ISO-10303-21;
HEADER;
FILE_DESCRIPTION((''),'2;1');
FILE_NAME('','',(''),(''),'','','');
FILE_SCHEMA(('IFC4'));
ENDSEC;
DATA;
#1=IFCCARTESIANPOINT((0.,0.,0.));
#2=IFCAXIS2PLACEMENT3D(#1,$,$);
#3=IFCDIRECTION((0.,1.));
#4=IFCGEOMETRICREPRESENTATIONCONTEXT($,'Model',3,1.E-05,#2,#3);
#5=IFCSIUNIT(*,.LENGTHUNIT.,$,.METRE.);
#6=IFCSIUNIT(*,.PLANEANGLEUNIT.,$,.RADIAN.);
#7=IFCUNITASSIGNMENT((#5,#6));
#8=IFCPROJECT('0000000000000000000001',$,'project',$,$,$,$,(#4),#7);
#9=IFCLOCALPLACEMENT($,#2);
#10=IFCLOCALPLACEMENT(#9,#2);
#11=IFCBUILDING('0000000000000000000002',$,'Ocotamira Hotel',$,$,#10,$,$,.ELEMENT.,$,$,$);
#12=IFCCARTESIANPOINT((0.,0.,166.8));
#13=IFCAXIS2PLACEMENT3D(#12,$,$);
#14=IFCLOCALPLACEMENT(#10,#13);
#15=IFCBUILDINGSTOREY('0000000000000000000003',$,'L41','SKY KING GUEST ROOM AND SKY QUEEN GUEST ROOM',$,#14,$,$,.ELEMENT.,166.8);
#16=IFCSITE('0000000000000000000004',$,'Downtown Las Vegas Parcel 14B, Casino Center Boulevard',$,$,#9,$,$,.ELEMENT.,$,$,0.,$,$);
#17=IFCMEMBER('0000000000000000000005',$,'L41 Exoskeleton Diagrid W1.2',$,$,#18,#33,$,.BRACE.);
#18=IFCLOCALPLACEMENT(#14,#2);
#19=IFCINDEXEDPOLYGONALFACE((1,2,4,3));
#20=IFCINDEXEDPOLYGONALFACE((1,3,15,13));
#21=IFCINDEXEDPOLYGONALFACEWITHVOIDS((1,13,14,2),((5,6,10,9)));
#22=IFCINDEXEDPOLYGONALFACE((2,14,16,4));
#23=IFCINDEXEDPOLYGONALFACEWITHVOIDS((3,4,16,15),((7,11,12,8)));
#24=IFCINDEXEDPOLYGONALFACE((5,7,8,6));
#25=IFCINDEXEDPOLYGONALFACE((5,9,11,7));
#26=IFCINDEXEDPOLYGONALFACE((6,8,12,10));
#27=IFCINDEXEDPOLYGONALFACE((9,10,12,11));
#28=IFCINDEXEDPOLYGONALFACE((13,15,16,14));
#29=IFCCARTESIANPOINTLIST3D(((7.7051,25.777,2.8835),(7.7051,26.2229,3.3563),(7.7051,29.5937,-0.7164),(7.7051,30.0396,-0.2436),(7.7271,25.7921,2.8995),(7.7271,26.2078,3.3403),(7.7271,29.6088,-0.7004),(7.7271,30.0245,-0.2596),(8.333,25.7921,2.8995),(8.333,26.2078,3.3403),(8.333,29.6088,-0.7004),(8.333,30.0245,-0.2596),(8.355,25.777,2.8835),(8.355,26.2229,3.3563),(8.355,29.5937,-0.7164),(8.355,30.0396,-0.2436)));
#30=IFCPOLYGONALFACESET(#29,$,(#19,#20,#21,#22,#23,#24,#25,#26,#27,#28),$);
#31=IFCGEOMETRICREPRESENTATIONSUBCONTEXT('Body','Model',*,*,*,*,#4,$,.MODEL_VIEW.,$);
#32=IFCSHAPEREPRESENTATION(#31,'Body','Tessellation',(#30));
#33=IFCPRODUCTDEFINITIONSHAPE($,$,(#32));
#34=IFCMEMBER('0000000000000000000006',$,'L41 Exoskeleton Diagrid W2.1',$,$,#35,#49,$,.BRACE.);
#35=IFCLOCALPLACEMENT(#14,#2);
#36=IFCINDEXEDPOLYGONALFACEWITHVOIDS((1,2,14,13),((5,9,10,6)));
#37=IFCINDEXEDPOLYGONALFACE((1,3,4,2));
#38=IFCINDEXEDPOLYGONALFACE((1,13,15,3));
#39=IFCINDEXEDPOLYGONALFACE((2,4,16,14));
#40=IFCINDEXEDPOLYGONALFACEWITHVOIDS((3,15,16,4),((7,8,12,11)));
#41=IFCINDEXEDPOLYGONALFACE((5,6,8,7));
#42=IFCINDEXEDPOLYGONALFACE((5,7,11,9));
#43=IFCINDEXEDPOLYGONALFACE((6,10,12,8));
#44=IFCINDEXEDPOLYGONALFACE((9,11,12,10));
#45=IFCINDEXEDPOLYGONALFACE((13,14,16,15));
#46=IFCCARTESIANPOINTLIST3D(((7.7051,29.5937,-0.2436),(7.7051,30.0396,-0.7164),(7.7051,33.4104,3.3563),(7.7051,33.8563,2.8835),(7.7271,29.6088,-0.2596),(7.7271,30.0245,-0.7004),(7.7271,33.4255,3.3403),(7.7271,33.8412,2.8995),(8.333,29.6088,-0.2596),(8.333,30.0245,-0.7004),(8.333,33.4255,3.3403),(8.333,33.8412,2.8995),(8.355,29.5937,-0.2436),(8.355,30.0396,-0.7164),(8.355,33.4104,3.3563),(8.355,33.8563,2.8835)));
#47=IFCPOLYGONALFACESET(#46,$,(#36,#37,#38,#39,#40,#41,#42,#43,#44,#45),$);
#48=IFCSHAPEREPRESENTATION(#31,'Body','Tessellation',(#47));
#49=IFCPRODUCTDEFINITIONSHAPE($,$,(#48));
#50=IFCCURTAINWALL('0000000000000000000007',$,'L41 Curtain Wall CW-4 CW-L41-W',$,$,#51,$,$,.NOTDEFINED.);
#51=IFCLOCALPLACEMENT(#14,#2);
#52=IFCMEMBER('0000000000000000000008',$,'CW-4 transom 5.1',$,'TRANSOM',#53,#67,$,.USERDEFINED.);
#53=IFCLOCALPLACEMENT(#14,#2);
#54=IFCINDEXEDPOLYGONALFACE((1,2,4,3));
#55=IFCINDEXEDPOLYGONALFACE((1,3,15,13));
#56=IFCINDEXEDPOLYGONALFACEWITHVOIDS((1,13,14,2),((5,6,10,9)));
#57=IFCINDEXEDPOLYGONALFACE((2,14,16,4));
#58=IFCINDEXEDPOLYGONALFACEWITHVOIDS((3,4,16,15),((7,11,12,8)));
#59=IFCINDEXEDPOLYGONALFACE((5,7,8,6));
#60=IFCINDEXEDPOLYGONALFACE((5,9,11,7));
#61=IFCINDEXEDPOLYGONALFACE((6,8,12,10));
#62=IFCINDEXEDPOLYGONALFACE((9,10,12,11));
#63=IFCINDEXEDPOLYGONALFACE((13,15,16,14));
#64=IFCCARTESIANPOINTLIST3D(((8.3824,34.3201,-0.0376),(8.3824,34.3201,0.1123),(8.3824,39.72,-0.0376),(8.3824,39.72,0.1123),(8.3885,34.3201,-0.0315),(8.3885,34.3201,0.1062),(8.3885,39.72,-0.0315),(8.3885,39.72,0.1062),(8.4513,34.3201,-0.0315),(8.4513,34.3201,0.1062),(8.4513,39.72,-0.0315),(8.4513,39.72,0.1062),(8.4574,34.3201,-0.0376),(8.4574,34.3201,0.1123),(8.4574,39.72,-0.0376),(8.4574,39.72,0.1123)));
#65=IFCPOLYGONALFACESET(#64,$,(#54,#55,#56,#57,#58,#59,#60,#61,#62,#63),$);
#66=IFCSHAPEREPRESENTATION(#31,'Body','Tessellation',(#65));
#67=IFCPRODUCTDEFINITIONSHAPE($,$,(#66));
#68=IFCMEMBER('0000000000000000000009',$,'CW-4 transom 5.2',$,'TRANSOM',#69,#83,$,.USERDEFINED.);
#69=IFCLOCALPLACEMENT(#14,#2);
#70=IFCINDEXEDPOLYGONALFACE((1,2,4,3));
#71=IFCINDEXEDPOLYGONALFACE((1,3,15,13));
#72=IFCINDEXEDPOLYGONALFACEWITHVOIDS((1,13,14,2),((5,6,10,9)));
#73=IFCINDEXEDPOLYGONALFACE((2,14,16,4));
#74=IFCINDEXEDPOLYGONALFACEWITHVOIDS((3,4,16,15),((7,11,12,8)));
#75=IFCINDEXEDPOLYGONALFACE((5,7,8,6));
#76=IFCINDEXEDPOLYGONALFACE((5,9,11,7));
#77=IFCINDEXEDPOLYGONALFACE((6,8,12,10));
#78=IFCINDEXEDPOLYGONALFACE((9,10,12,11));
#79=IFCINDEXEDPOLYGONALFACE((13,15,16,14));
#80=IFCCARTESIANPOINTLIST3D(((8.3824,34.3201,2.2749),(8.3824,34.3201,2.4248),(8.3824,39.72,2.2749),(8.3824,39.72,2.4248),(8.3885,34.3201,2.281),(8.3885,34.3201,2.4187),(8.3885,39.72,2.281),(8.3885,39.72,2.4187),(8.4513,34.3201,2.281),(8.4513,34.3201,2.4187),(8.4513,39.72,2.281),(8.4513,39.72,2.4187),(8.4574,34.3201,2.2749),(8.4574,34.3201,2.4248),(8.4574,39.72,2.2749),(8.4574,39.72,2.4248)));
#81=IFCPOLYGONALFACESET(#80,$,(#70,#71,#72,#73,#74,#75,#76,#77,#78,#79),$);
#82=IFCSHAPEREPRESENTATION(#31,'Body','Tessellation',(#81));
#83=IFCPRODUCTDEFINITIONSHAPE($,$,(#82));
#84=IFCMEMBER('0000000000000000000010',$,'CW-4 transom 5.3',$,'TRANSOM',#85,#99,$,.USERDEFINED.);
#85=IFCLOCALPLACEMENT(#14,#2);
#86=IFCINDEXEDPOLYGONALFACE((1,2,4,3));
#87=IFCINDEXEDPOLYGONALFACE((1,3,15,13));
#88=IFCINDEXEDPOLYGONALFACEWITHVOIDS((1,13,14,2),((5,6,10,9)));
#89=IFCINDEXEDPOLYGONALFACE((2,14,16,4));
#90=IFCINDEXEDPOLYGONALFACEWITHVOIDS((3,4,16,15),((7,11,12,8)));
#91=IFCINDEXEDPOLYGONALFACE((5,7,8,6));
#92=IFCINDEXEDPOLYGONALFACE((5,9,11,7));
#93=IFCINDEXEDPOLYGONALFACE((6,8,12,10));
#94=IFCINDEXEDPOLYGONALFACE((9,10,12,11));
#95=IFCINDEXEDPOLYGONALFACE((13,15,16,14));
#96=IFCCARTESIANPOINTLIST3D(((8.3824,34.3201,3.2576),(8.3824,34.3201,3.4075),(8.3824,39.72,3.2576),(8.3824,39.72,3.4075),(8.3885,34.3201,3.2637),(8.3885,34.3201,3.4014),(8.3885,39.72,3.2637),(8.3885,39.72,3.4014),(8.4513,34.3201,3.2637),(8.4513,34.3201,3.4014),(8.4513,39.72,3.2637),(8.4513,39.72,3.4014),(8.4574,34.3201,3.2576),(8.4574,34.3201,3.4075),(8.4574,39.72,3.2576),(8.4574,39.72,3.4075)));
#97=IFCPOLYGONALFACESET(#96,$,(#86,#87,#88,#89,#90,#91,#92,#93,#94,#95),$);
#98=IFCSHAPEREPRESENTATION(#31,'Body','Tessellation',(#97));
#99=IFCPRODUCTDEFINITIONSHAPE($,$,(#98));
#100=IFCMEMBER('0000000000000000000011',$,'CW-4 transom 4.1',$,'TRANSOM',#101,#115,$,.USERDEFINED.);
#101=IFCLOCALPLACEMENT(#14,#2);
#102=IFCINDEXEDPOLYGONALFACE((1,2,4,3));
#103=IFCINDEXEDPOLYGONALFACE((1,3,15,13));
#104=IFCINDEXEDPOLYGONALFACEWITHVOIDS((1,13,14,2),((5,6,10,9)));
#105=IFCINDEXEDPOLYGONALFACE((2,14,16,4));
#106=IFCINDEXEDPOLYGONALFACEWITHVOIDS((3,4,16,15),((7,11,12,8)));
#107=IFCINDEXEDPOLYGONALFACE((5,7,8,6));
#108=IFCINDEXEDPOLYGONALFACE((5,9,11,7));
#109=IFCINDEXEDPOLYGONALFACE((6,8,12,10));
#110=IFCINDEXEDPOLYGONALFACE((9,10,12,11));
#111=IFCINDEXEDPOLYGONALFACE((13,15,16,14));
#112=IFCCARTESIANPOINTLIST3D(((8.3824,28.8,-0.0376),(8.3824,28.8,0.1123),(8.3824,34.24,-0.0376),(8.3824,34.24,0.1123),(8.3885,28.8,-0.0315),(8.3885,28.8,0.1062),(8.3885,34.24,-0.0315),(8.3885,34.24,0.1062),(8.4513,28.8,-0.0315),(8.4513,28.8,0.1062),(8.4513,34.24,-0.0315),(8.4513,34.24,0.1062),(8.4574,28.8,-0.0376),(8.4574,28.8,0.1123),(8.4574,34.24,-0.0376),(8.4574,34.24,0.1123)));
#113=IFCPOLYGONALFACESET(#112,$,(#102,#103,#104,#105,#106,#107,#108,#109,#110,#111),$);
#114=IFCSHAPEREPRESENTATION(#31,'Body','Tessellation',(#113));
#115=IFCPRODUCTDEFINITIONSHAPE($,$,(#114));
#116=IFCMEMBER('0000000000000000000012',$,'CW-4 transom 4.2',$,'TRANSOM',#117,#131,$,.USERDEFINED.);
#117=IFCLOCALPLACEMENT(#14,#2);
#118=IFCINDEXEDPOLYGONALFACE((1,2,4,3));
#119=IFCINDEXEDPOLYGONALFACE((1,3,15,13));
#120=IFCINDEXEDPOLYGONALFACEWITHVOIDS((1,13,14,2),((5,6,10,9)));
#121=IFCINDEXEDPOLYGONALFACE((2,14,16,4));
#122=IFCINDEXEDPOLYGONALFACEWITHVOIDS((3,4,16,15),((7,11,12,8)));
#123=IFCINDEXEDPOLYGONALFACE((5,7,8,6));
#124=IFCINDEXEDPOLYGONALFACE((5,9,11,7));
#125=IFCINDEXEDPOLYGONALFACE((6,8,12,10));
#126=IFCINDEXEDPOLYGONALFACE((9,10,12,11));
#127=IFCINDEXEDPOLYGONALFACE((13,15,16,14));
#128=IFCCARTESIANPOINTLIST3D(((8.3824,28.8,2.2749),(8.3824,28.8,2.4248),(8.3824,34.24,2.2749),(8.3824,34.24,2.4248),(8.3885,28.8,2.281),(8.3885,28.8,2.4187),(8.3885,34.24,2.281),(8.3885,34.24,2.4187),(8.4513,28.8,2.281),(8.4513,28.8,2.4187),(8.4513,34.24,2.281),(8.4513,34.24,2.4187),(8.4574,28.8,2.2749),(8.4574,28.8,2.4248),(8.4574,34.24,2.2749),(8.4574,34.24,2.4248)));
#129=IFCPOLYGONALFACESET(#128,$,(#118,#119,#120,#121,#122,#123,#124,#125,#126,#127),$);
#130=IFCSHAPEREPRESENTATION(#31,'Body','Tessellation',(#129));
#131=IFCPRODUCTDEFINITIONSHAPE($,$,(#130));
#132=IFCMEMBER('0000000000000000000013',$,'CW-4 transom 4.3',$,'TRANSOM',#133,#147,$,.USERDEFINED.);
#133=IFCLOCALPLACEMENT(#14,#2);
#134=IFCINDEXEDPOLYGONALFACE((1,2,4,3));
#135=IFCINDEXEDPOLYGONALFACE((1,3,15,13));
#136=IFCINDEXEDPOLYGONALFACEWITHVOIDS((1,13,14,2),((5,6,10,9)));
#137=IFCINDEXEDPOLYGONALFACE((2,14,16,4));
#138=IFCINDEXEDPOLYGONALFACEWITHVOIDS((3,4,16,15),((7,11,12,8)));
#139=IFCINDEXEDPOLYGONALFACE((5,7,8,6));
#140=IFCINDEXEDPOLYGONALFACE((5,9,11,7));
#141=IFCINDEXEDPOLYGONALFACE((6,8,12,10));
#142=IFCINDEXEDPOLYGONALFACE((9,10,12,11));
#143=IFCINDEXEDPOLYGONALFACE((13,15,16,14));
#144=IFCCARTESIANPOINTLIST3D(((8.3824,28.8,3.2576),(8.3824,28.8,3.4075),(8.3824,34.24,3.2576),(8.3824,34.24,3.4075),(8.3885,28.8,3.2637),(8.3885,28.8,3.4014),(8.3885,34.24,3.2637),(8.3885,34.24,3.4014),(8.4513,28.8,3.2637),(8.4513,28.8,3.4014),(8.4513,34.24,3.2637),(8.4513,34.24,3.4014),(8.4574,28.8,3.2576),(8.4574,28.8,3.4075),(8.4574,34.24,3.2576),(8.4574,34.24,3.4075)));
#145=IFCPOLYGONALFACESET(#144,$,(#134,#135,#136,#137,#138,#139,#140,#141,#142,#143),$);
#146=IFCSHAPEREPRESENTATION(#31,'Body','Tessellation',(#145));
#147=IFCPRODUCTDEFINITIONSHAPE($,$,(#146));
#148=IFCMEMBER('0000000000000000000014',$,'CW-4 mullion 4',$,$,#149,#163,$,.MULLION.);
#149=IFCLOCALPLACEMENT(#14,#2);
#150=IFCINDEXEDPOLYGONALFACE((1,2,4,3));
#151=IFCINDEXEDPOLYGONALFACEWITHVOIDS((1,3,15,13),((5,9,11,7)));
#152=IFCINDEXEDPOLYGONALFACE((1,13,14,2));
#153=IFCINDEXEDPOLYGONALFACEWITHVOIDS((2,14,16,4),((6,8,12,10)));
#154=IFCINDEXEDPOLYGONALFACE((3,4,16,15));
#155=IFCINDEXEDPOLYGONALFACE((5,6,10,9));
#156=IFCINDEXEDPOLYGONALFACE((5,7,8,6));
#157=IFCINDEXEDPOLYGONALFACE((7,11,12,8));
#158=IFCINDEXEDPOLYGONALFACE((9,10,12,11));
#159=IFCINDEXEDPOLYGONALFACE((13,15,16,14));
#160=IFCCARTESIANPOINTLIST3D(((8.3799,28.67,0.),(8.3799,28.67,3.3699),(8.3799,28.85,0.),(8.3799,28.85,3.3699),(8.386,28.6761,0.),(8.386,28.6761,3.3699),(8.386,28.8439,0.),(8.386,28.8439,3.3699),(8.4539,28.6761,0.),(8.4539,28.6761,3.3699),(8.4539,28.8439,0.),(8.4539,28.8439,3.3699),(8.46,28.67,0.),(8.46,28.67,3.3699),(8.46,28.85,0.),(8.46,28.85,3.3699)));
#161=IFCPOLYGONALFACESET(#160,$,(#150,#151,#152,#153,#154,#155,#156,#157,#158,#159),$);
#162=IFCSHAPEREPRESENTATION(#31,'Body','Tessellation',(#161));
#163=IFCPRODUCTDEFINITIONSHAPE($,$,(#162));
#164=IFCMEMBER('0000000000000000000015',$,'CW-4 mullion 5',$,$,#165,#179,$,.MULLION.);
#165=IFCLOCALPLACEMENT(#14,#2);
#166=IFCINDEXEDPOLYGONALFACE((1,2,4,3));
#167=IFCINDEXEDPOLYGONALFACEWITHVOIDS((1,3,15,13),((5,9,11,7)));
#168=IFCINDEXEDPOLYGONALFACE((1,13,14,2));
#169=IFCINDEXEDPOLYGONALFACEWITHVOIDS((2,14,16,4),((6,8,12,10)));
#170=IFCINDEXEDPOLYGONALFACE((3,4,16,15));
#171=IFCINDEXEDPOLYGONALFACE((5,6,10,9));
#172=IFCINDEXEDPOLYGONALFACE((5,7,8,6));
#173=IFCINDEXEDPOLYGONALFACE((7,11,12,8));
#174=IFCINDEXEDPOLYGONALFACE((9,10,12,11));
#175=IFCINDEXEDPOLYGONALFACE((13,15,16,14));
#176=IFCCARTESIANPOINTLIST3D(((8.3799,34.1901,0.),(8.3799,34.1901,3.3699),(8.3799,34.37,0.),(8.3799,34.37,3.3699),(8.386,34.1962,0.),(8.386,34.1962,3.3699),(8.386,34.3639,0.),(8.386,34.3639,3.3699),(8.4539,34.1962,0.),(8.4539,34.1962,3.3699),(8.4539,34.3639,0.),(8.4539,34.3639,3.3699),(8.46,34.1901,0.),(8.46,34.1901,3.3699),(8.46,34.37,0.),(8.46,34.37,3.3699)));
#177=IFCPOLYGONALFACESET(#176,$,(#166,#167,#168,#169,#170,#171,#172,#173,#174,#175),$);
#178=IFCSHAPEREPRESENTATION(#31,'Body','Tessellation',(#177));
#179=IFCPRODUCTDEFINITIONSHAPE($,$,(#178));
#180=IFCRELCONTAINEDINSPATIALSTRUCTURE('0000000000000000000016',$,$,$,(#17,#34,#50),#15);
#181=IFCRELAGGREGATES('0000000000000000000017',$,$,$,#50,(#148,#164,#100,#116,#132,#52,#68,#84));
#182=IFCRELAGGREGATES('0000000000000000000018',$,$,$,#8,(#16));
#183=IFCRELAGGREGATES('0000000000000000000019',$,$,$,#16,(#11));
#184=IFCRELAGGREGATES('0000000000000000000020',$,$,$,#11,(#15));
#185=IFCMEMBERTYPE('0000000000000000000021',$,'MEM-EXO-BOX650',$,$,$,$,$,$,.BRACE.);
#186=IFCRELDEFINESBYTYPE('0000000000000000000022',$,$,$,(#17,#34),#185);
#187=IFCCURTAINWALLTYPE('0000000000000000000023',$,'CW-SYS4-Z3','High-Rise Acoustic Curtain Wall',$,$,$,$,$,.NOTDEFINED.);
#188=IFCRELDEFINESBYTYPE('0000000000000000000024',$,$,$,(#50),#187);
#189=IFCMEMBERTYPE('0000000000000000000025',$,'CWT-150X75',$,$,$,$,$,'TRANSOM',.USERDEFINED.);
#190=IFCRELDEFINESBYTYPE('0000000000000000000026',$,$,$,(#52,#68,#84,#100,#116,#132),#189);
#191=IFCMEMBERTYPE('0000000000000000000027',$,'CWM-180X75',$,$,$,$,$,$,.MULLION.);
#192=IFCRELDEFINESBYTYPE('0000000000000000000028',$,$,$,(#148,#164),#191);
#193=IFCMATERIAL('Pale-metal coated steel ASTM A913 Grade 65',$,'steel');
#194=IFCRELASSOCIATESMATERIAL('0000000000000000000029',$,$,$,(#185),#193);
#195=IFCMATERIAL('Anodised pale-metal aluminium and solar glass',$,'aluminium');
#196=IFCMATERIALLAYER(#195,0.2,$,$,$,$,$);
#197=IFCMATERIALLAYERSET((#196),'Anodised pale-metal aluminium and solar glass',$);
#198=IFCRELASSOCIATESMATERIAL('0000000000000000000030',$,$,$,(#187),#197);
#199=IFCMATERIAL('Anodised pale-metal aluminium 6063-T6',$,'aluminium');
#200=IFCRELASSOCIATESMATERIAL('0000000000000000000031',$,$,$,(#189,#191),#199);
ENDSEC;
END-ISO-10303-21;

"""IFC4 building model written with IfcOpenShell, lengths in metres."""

from ifc_helpers import new_model, si_unit, direction, frame, origin, origin_2d, place, context, subcontext, project, spatial, hollow_rectangle, extrude, source, transform, mapped, material, layer, layer_set, material_profile, profile_set, type_object, element, aggregate, save


model = new_model("IFC4")

# Units and contexts
model_context = context("Model", 3, precision=1e-05, world=origin(), true_north=direction((0.0, 1.0)))
body_context = subcontext(model_context, "Body", "Model", "MODEL_VIEW")
ifc_project = project(units=[si_unit("LENGTHUNIT", "METRE"), si_unit("PLANEANGLEUNIT", "RADIAN")], contexts=[model_context])

# Site, building, storey
site_placement = place(None, origin())
site = spatial("IfcSite", under=ifc_project, at=site_placement, Name="Downtown Las Vegas Parcel 14B, Casino Center Boulevard", CompositionType="ELEMENT", RefElevation=0.0)
building_placement = place(site_placement, origin())
building = spatial("IfcBuilding", under=site, at=building_placement, Name="Ocotamira Hotel", CompositionType="ELEMENT")
storey_placement = place(building_placement, frame((0.0, 0.0, 166.8)))
storey = spatial("IfcBuildingStorey", under=building, at=storey_placement, Name="L41", Description="SKY KING GUEST ROOM AND SKY QUEEN GUEST ROOM", CompositionType="ELEMENT", Elevation=166.8)

# Members
ifc_material_1 = material(Name="Pale-metal coated steel ASTM A913 Grade 65", Category="steel")
ifc_material_profile_1 = material_profile(ifc_material_1, hollow_rectangle(XDim=0.6499, YDim=0.6499, WallThickness=0.022, at=origin_2d()), Name="BOX650X650X22")
ifc_profile_set_1 = profile_set([ifc_material_profile_1], Name="Pale-metal coated steel ASTM A913 Grade 65")
member_type_1 = type_object("IfcMemberType", Name="MEM-EXO-BOX650", PredefinedType="BRACE", material=ifc_profile_set_1)
shared_shape_1 = source(origin(), body_context, "Body", "SweptSolid", [
    extrude(hollow_rectangle(XDim=0.6499, YDim=0.6499, WallThickness=0.022, at=origin_2d()), origin(), (0.0, 0.0, 1.0), 5.2466),
])
for number, where, z_axis, x_axis, name in (
    (1, (8.03, 29.8167, -0.48), (0.0, -0.727466, 0.686144), (1.0, 0.0, 0.0), "L41 Exoskeleton Diagrid W1.2"),
    (2, (8.03, 29.8167, -0.48), (0.0, 0.727466, 0.686144), (-1.0, 0.0, 0.0), "L41 Exoskeleton Diagrid W2.1"),
):
    element("IfcMember", number, at=place(storey_placement, frame(where, z_axis=z_axis, x_axis=x_axis)), inside=storey, type_object=member_type_1, Name=name, PredefinedType="BRACE", context=body_context, shape_type="MappedRepresentation", body=[
        mapped(shared_shape_1, transform((0.0, 0.0, 0.0), scale=1.0)),
    ])

# Curtain wall, members
ifc_material_2 = material(Name="Anodised pale-metal aluminium and solar glass", Category="aluminium")
ifc_layer_1 = layer(ifc_material_2, 0.2)
ifc_layer_set_1 = layer_set([ifc_layer_1], Name="Anodised pale-metal aluminium and solar glass")
curtain_wall_type = type_object("IfcCurtainWallType", Name="CW-SYS4-Z3", Description="High-Rise Acoustic Curtain Wall", PredefinedType="NOTDEFINED", material=ifc_layer_set_1)
curtain_wall_placement = place(storey_placement, origin())
curtain_wall = element("IfcCurtainWall", 3, at=curtain_wall_placement, inside=storey, type_object=curtain_wall_type, Name="L41 Curtain Wall CW-4 CW-L41-W", PredefinedType="NOTDEFINED")
ifc_material_3 = material(Name="Anodised pale-metal aluminium 6063-T6", Category="aluminium")
ifc_material_profile_2 = material_profile(ifc_material_3, hollow_rectangle(XDim=0.075, YDim=0.1499, WallThickness=0.0061, at=origin_2d()), Name="HSS150X75X6")
ifc_profile_set_2 = profile_set([ifc_material_profile_2], Name="Anodised pale-metal aluminium 6063-T6")
member_type_2 = type_object("IfcMemberType", Name="CWT-150X75", ElementType="TRANSOM", PredefinedType="USERDEFINED", material=ifc_profile_set_2)
shared_shape_2 = source(origin(), body_context, "Body", "SweptSolid", [
    extrude(hollow_rectangle(XDim=0.075, YDim=0.1499, WallThickness=0.0061, at=origin_2d()), origin(), (0.0, 0.0, 1.0), 5.3999),
])
member_1_placement = place(storey_placement, frame((8.4199, 34.3201, 0.0374), z_axis=(0.0, 1.0, 0.0), x_axis=(-1.0, 0.0, 0.0)))
member_1 = element("IfcMember", 4, at=member_1_placement, type_object=member_type_2, Name="CW-4 transom 5.1", ObjectType="TRANSOM", PredefinedType="USERDEFINED", context=body_context, shape_type="MappedRepresentation", body=[
    mapped(shared_shape_2, transform((0.0, 0.0, 0.0), scale=1.0)),
])
member_2_placement = place(storey_placement, frame((8.4199, 34.3201, 2.3499), z_axis=(0.0, 1.0, 0.0), x_axis=(-1.0, 0.0, 0.0)))
member_2 = element("IfcMember", 5, at=member_2_placement, type_object=member_type_2, Name="CW-4 transom 5.2", ObjectType="TRANSOM", PredefinedType="USERDEFINED", context=body_context, shape_type="MappedRepresentation", body=[
    mapped(shared_shape_2, transform((0.0, 0.0, 0.0), scale=1.0)),
])
member_3_placement = place(storey_placement, frame((8.4199, 34.3201, 3.3325), z_axis=(0.0, 1.0, 0.0), x_axis=(-1.0, 0.0, 0.0)))
member_3 = element("IfcMember", 6, at=member_3_placement, type_object=member_type_2, Name="CW-4 transom 5.3", ObjectType="TRANSOM", PredefinedType="USERDEFINED", context=body_context, shape_type="MappedRepresentation", body=[
    mapped(shared_shape_2, transform((0.0, 0.0, 0.0), scale=1.0)),
])
shared_shape_3 = source(origin(), body_context, "Body", "SweptSolid", [
    extrude(hollow_rectangle(XDim=0.075, YDim=0.1499, WallThickness=0.0061, at=origin_2d()), origin(), (0.0, 0.0, 1.0), 5.4399),
])
member_4_placement = place(storey_placement, frame((8.4199, 28.8, 0.0374), z_axis=(0.0, 1.0, 0.0), x_axis=(-1.0, 0.0, 0.0)))
member_4 = element("IfcMember", 7, at=member_4_placement, type_object=member_type_2, Name="CW-4 transom 4.1", ObjectType="TRANSOM", PredefinedType="USERDEFINED", context=body_context, shape_type="MappedRepresentation", body=[
    mapped(shared_shape_3, transform((0.0, 0.0, 0.0), scale=1.0)),
])
member_5_placement = place(storey_placement, frame((8.4199, 28.8, 2.3499), z_axis=(0.0, 1.0, 0.0), x_axis=(-1.0, 0.0, 0.0)))
member_5 = element("IfcMember", 8, at=member_5_placement, type_object=member_type_2, Name="CW-4 transom 4.2", ObjectType="TRANSOM", PredefinedType="USERDEFINED", context=body_context, shape_type="MappedRepresentation", body=[
    mapped(shared_shape_3, transform((0.0, 0.0, 0.0), scale=1.0)),
])
member_6_placement = place(storey_placement, frame((8.4199, 28.8, 3.3325), z_axis=(0.0, 1.0, 0.0), x_axis=(-1.0, 0.0, 0.0)))
member_6 = element("IfcMember", 9, at=member_6_placement, type_object=member_type_2, Name="CW-4 transom 4.3", ObjectType="TRANSOM", PredefinedType="USERDEFINED", context=body_context, shape_type="MappedRepresentation", body=[
    mapped(shared_shape_3, transform((0.0, 0.0, 0.0), scale=1.0)),
])
ifc_material_profile_3 = material_profile(ifc_material_3, hollow_rectangle(XDim=0.0801, YDim=0.1799, WallThickness=0.0061, at=origin_2d()), Name="HSS180X80X6")
ifc_profile_set_3 = profile_set([ifc_material_profile_3], Name="Anodised pale-metal aluminium 6063-T6")
member_type_3 = type_object("IfcMemberType", Name="CWM-180X75", PredefinedType="MULLION", material=ifc_profile_set_3)
shared_shape_4 = source(origin(), body_context, "Body", "SweptSolid", [
    extrude(hollow_rectangle(XDim=0.0801, YDim=0.1799, WallThickness=0.0061, at=origin_2d()), origin(), (0.0, 0.0, 1.0), 3.3699),
])
member_7_placement = place(storey_placement, frame((8.4199, 28.76, 0.0), z_axis=(0.0, 0.0, 1.0), x_axis=(-1.0, 0.0, 0.0)))
member_7 = element("IfcMember", 10, at=member_7_placement, type_object=member_type_3, Name="CW-4 mullion 4", PredefinedType="MULLION", context=body_context, shape_type="MappedRepresentation", body=[
    mapped(shared_shape_4, transform((0.0, 0.0, 0.0), scale=1.0)),
])
member_8_placement = place(storey_placement, frame((8.4199, 34.28, 0.0), z_axis=(0.0, 0.0, 1.0), x_axis=(-1.0, 0.0, 0.0)))
member_8 = element("IfcMember", 11, at=member_8_placement, type_object=member_type_3, Name="CW-4 mullion 5", PredefinedType="MULLION", context=body_context, shape_type="MappedRepresentation", body=[
    mapped(shared_shape_4, transform((0.0, 0.0, 0.0), scale=1.0)),
])

aggregate(curtain_wall, [member_7, member_8, member_4, member_5, member_6, member_1, member_2, member_3])

save(model, "model.ifc")
